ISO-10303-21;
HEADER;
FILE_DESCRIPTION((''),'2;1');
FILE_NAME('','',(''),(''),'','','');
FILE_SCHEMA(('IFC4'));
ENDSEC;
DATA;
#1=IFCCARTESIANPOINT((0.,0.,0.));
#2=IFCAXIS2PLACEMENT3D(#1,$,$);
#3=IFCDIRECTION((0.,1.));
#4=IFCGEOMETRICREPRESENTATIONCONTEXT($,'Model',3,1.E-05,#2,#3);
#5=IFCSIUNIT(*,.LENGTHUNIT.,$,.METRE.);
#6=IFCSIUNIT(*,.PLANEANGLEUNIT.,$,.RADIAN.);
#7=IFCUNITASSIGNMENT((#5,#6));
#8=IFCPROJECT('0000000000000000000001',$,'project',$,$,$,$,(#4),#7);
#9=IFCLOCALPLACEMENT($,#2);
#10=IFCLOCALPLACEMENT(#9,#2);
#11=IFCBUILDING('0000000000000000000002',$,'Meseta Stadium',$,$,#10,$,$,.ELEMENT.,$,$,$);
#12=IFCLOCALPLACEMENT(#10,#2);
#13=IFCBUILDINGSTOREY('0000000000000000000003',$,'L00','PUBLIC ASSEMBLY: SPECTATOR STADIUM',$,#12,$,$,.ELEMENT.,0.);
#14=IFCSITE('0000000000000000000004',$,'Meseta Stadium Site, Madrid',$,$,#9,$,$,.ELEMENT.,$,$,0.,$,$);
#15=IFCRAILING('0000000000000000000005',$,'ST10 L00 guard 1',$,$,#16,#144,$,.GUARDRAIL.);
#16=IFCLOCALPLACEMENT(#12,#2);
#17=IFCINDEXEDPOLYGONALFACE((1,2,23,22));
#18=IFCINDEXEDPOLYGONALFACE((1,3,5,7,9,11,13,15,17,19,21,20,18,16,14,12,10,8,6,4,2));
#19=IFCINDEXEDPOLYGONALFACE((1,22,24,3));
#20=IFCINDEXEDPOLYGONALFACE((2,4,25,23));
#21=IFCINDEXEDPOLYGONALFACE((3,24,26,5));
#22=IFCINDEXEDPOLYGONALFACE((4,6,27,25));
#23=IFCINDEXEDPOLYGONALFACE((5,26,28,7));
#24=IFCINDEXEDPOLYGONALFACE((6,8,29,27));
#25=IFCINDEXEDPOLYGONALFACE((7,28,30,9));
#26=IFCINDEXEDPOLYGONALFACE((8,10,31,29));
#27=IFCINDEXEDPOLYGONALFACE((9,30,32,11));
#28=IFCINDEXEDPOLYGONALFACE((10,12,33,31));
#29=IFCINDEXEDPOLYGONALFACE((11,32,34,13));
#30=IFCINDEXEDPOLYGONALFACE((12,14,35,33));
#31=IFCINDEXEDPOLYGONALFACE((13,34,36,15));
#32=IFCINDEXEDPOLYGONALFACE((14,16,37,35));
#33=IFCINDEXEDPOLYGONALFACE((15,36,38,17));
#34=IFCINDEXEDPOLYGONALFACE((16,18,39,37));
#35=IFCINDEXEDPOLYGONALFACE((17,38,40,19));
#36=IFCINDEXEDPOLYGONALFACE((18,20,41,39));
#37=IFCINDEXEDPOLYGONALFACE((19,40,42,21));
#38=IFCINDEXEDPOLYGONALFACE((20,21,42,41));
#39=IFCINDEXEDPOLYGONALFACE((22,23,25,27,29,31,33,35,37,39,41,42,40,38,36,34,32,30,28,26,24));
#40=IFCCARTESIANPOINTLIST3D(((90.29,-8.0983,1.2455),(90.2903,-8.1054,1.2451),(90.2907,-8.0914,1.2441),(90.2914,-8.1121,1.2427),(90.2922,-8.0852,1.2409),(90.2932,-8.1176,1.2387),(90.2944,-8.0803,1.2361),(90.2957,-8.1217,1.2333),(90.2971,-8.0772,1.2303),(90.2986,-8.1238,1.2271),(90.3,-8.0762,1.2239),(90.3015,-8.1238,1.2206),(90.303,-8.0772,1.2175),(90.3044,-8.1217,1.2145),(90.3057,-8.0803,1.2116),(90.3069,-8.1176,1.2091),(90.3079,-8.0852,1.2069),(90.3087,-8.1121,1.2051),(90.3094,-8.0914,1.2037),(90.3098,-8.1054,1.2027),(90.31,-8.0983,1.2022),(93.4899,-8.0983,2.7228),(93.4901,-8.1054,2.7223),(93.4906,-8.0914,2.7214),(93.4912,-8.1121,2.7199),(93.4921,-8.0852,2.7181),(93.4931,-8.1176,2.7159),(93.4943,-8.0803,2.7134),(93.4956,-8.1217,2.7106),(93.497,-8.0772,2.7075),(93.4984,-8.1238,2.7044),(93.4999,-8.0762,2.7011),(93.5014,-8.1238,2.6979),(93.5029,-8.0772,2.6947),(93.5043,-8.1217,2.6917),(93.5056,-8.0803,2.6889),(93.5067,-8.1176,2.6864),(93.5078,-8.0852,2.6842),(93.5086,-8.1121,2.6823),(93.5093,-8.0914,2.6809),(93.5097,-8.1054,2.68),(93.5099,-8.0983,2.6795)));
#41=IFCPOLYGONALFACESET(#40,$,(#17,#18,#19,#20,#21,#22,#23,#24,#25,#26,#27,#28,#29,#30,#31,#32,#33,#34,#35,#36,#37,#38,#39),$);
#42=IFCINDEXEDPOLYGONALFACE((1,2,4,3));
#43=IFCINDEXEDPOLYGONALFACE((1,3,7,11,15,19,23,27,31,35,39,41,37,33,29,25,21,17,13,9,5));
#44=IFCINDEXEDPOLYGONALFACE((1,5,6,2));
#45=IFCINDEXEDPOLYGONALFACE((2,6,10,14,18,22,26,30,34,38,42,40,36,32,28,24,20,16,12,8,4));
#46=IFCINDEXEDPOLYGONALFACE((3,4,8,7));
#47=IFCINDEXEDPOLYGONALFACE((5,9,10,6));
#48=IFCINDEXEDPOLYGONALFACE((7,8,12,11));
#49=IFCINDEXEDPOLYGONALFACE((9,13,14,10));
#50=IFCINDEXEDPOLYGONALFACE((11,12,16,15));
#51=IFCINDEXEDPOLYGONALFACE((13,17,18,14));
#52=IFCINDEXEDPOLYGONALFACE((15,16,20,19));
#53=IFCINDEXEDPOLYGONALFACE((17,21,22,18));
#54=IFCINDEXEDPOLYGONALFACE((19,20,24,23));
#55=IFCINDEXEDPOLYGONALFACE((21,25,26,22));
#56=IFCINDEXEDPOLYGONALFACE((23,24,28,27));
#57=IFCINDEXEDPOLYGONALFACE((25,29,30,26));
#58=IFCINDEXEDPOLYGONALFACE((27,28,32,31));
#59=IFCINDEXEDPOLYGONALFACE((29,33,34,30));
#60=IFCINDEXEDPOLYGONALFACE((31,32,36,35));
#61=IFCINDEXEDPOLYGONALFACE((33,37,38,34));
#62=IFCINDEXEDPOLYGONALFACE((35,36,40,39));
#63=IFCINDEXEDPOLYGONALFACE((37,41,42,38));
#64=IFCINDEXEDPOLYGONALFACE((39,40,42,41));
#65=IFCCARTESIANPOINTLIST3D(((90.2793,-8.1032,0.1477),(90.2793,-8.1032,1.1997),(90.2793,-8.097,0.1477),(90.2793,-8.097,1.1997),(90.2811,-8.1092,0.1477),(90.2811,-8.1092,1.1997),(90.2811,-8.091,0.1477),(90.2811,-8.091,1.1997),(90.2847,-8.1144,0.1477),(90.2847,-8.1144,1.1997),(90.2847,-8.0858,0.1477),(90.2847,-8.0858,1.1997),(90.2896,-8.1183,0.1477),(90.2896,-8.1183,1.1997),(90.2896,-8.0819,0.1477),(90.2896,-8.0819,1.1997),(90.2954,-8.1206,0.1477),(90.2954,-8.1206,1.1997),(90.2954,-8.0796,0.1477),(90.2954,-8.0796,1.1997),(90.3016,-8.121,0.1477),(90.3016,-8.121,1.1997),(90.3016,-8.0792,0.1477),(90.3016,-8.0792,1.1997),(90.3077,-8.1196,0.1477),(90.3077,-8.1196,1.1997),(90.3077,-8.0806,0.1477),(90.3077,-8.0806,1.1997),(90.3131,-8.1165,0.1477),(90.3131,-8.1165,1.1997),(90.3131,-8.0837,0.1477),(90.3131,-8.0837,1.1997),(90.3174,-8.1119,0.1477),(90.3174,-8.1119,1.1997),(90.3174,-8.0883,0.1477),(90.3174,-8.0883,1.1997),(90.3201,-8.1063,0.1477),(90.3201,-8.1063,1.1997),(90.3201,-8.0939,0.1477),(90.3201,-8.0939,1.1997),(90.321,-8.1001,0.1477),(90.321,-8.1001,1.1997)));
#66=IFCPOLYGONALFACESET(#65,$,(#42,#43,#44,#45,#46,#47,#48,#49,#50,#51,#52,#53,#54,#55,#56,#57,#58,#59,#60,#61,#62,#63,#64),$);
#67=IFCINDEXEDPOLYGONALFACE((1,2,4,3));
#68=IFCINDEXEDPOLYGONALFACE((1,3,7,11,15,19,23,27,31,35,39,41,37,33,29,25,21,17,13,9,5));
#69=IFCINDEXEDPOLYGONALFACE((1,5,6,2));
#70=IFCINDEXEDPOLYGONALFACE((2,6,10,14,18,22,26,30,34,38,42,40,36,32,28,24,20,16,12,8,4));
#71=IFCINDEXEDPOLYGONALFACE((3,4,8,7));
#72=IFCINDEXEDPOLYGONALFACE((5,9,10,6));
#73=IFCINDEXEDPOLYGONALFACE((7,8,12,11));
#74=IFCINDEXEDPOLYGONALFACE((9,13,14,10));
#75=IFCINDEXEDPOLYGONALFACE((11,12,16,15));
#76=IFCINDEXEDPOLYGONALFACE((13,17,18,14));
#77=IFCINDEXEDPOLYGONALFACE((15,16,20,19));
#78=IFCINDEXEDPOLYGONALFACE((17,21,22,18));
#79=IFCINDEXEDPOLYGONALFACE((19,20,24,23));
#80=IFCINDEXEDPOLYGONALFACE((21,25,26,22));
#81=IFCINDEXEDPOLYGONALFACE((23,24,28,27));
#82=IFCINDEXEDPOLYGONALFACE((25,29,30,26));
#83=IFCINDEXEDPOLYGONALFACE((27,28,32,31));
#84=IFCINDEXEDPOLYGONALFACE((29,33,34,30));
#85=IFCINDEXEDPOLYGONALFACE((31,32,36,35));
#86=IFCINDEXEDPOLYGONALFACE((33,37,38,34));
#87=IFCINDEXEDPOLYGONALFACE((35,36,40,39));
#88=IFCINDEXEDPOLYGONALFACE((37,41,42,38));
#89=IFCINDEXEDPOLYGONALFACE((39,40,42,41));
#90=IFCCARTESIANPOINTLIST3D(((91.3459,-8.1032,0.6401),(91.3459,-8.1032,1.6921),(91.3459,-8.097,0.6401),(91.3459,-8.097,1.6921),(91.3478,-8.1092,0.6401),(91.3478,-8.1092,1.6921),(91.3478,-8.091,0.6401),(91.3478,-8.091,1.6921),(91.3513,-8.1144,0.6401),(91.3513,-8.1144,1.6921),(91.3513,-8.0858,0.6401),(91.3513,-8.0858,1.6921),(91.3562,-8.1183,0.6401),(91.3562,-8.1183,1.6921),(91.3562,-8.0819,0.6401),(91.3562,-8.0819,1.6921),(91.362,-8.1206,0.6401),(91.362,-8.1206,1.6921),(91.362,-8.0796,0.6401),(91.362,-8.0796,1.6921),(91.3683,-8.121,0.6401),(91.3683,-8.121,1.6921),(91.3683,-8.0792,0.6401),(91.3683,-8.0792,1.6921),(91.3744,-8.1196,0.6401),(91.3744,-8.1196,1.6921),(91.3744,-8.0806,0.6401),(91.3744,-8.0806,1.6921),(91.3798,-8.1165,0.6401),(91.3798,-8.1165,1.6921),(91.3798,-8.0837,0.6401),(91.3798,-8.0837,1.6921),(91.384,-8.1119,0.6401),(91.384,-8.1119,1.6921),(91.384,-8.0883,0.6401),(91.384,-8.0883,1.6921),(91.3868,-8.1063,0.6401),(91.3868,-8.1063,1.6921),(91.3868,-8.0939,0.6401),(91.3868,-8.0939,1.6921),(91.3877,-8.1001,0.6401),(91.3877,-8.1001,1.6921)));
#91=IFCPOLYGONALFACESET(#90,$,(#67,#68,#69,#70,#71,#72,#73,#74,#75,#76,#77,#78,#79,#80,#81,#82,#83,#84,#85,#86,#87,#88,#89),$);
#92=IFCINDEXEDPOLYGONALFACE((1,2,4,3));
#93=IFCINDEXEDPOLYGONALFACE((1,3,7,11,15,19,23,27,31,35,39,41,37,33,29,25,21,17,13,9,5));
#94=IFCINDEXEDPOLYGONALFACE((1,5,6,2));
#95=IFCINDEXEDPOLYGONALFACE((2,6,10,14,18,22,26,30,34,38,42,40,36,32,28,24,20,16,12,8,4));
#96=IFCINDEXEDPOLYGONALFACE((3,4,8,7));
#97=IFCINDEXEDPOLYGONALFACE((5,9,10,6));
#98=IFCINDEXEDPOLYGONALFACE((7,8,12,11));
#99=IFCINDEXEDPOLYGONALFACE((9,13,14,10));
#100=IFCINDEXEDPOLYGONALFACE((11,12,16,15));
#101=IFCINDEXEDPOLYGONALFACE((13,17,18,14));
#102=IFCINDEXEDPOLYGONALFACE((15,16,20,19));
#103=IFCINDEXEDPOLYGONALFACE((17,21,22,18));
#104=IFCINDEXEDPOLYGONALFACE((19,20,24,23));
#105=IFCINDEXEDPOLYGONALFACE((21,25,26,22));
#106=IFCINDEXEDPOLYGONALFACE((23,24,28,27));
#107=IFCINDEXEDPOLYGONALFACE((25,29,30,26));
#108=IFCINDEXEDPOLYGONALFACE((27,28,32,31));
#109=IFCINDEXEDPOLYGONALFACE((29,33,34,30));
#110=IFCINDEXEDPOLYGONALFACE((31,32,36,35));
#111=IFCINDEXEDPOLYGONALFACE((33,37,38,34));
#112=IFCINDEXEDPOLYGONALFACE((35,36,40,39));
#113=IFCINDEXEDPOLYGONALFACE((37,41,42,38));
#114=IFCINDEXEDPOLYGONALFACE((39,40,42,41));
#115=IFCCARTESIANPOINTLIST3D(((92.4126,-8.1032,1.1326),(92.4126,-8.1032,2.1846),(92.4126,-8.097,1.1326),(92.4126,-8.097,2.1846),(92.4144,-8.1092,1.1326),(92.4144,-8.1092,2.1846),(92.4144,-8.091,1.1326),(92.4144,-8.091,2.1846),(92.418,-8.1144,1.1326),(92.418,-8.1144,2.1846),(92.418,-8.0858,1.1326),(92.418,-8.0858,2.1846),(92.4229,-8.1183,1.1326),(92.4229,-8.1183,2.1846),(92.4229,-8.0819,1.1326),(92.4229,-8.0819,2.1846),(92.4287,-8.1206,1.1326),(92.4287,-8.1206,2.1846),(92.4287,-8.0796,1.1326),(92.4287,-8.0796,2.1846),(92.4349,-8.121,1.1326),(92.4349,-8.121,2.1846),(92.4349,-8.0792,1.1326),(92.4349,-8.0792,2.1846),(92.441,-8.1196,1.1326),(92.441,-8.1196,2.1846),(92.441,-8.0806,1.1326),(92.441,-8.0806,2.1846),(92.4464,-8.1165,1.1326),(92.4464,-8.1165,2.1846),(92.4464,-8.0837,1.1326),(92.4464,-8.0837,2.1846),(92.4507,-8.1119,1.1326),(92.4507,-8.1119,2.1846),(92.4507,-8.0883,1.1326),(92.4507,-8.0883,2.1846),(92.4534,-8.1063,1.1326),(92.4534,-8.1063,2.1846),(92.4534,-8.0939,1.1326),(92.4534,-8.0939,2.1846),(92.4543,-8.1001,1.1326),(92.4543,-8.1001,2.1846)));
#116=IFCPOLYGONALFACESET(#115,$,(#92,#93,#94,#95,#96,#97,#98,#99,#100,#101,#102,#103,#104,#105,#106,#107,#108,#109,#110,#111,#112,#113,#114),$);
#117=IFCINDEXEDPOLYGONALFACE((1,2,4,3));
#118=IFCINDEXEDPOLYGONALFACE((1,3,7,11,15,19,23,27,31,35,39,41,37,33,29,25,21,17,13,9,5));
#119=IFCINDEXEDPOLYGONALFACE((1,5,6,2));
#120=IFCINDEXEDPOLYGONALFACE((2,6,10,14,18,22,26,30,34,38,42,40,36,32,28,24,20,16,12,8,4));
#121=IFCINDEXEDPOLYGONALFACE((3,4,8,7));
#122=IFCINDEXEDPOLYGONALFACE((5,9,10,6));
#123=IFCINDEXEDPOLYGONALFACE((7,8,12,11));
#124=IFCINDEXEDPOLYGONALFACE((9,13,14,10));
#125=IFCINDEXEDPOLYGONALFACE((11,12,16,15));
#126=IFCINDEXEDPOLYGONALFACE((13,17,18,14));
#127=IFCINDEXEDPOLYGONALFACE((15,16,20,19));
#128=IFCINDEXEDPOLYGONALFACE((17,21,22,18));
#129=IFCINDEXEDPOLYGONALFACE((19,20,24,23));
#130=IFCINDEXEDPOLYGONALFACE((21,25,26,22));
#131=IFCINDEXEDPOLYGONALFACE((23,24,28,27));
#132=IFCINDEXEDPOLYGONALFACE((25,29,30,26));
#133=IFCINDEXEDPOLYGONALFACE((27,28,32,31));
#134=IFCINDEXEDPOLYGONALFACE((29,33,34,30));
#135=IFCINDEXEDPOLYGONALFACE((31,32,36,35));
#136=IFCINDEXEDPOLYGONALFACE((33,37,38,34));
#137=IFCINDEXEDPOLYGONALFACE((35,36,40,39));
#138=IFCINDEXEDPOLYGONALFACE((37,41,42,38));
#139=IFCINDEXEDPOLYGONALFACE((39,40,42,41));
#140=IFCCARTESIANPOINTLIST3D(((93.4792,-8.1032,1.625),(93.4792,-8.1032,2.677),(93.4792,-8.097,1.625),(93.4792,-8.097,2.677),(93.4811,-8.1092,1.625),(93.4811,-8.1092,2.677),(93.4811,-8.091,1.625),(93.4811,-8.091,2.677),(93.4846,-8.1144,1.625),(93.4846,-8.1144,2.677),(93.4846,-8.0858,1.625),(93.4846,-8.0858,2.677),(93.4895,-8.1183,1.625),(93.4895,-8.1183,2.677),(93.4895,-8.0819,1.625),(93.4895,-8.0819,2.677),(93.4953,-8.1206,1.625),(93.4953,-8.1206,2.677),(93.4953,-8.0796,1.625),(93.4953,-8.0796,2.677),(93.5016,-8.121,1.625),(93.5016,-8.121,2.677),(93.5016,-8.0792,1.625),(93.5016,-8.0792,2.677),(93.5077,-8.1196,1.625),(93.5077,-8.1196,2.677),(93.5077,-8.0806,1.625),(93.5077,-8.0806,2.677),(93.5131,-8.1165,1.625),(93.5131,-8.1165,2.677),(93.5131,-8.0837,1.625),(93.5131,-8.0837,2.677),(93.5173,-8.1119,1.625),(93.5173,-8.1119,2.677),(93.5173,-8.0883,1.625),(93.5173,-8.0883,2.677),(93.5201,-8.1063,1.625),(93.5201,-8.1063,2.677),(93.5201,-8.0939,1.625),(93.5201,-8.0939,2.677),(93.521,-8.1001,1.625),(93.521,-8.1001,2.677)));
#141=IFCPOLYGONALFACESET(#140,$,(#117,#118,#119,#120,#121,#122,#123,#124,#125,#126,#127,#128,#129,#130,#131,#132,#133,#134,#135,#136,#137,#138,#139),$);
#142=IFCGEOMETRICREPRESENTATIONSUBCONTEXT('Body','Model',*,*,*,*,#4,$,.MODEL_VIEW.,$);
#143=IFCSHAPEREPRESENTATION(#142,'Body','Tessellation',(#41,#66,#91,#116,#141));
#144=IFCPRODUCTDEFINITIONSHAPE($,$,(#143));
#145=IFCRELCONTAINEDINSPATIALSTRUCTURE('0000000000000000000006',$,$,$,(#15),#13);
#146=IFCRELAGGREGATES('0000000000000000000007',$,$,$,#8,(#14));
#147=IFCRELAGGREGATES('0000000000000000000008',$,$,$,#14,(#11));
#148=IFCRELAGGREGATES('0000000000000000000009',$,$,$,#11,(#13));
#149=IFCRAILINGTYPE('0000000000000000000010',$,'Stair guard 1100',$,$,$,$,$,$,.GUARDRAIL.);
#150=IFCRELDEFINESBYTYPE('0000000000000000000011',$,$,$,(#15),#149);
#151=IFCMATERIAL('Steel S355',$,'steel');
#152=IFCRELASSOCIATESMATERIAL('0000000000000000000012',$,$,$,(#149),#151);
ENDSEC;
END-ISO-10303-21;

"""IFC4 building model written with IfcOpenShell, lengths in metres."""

from ifc_helpers import new_model, si_unit, direction, frame, origin, origin_2d, place, context, subcontext, project, spatial, circle, extrude, material, type_object, element, save


model = new_model("IFC4")

# Units and contexts
model_context = context("Model", 3, precision=1e-05, world=origin(), true_north=direction((0.0, 1.0)))
body_context = subcontext(model_context, "Body", "Model", "MODEL_VIEW")
ifc_project = project(units=[si_unit("LENGTHUNIT", "METRE"), si_unit("PLANEANGLEUNIT", "RADIAN")], contexts=[model_context])

# Site, building, storey
site_placement = place(None, origin())
site = spatial("IfcSite", under=ifc_project, at=site_placement, Name="Meseta Stadium Site, Madrid", CompositionType="ELEMENT", RefElevation=0.0)
building_placement = place(site_placement, origin())
building = spatial("IfcBuilding", under=site, at=building_placement, Name="Meseta Stadium", CompositionType="ELEMENT")
storey_placement = place(building_placement, origin())
storey = spatial("IfcBuildingStorey", under=building, at=storey_placement, Name="L00", Description="PUBLIC ASSEMBLY: SPECTATOR STADIUM", CompositionType="ELEMENT", Elevation=0.0)

# Railing
ifc_material_1 = material(Name="Steel S355", Category="steel")
railing_type_1 = type_object("IfcRailingType", Name="Stair guard 1100", PredefinedType="GUARDRAIL", material=ifc_material_1)
railing_1_placement = place(storey_placement, frame((90.3, -8.1001, 0.1477)))
element("IfcRailing", 1, at=railing_1_placement, inside=storey, type_object=railing_type_1, Name="ST10 L00 guard 1", PredefinedType="GUARDRAIL", context=body_context, shape_type="SweptSolid", body=[
    extrude(circle(Radius=0.0239, at=origin_2d()), frame((0.0, 0.0, 1.0762), z_axis=(0.907917, 0.0, 0.41915), x_axis=(0.0, 1.0, 0.0)), (0.0, 0.0, 1.0), 3.5244),
    extrude(circle(Radius=0.021, at=origin_2d()), origin(), (0.0, 0.0, 1.0), 1.052),
    extrude(circle(Radius=0.021, at=origin_2d()), frame((1.0667, 0.0, 0.4924)), (0.0, 0.0, 1.0), 1.052),
    extrude(circle(Radius=0.021, at=origin_2d()), frame((2.1333, 0.0, 0.9849)), (0.0, 0.0, 1.0), 1.052),
    extrude(circle(Radius=0.021, at=origin_2d()), frame((3.2, 0.0, 1.4773)), (0.0, 0.0, 1.0), 1.052),
])

save(model, "model.ifc")
